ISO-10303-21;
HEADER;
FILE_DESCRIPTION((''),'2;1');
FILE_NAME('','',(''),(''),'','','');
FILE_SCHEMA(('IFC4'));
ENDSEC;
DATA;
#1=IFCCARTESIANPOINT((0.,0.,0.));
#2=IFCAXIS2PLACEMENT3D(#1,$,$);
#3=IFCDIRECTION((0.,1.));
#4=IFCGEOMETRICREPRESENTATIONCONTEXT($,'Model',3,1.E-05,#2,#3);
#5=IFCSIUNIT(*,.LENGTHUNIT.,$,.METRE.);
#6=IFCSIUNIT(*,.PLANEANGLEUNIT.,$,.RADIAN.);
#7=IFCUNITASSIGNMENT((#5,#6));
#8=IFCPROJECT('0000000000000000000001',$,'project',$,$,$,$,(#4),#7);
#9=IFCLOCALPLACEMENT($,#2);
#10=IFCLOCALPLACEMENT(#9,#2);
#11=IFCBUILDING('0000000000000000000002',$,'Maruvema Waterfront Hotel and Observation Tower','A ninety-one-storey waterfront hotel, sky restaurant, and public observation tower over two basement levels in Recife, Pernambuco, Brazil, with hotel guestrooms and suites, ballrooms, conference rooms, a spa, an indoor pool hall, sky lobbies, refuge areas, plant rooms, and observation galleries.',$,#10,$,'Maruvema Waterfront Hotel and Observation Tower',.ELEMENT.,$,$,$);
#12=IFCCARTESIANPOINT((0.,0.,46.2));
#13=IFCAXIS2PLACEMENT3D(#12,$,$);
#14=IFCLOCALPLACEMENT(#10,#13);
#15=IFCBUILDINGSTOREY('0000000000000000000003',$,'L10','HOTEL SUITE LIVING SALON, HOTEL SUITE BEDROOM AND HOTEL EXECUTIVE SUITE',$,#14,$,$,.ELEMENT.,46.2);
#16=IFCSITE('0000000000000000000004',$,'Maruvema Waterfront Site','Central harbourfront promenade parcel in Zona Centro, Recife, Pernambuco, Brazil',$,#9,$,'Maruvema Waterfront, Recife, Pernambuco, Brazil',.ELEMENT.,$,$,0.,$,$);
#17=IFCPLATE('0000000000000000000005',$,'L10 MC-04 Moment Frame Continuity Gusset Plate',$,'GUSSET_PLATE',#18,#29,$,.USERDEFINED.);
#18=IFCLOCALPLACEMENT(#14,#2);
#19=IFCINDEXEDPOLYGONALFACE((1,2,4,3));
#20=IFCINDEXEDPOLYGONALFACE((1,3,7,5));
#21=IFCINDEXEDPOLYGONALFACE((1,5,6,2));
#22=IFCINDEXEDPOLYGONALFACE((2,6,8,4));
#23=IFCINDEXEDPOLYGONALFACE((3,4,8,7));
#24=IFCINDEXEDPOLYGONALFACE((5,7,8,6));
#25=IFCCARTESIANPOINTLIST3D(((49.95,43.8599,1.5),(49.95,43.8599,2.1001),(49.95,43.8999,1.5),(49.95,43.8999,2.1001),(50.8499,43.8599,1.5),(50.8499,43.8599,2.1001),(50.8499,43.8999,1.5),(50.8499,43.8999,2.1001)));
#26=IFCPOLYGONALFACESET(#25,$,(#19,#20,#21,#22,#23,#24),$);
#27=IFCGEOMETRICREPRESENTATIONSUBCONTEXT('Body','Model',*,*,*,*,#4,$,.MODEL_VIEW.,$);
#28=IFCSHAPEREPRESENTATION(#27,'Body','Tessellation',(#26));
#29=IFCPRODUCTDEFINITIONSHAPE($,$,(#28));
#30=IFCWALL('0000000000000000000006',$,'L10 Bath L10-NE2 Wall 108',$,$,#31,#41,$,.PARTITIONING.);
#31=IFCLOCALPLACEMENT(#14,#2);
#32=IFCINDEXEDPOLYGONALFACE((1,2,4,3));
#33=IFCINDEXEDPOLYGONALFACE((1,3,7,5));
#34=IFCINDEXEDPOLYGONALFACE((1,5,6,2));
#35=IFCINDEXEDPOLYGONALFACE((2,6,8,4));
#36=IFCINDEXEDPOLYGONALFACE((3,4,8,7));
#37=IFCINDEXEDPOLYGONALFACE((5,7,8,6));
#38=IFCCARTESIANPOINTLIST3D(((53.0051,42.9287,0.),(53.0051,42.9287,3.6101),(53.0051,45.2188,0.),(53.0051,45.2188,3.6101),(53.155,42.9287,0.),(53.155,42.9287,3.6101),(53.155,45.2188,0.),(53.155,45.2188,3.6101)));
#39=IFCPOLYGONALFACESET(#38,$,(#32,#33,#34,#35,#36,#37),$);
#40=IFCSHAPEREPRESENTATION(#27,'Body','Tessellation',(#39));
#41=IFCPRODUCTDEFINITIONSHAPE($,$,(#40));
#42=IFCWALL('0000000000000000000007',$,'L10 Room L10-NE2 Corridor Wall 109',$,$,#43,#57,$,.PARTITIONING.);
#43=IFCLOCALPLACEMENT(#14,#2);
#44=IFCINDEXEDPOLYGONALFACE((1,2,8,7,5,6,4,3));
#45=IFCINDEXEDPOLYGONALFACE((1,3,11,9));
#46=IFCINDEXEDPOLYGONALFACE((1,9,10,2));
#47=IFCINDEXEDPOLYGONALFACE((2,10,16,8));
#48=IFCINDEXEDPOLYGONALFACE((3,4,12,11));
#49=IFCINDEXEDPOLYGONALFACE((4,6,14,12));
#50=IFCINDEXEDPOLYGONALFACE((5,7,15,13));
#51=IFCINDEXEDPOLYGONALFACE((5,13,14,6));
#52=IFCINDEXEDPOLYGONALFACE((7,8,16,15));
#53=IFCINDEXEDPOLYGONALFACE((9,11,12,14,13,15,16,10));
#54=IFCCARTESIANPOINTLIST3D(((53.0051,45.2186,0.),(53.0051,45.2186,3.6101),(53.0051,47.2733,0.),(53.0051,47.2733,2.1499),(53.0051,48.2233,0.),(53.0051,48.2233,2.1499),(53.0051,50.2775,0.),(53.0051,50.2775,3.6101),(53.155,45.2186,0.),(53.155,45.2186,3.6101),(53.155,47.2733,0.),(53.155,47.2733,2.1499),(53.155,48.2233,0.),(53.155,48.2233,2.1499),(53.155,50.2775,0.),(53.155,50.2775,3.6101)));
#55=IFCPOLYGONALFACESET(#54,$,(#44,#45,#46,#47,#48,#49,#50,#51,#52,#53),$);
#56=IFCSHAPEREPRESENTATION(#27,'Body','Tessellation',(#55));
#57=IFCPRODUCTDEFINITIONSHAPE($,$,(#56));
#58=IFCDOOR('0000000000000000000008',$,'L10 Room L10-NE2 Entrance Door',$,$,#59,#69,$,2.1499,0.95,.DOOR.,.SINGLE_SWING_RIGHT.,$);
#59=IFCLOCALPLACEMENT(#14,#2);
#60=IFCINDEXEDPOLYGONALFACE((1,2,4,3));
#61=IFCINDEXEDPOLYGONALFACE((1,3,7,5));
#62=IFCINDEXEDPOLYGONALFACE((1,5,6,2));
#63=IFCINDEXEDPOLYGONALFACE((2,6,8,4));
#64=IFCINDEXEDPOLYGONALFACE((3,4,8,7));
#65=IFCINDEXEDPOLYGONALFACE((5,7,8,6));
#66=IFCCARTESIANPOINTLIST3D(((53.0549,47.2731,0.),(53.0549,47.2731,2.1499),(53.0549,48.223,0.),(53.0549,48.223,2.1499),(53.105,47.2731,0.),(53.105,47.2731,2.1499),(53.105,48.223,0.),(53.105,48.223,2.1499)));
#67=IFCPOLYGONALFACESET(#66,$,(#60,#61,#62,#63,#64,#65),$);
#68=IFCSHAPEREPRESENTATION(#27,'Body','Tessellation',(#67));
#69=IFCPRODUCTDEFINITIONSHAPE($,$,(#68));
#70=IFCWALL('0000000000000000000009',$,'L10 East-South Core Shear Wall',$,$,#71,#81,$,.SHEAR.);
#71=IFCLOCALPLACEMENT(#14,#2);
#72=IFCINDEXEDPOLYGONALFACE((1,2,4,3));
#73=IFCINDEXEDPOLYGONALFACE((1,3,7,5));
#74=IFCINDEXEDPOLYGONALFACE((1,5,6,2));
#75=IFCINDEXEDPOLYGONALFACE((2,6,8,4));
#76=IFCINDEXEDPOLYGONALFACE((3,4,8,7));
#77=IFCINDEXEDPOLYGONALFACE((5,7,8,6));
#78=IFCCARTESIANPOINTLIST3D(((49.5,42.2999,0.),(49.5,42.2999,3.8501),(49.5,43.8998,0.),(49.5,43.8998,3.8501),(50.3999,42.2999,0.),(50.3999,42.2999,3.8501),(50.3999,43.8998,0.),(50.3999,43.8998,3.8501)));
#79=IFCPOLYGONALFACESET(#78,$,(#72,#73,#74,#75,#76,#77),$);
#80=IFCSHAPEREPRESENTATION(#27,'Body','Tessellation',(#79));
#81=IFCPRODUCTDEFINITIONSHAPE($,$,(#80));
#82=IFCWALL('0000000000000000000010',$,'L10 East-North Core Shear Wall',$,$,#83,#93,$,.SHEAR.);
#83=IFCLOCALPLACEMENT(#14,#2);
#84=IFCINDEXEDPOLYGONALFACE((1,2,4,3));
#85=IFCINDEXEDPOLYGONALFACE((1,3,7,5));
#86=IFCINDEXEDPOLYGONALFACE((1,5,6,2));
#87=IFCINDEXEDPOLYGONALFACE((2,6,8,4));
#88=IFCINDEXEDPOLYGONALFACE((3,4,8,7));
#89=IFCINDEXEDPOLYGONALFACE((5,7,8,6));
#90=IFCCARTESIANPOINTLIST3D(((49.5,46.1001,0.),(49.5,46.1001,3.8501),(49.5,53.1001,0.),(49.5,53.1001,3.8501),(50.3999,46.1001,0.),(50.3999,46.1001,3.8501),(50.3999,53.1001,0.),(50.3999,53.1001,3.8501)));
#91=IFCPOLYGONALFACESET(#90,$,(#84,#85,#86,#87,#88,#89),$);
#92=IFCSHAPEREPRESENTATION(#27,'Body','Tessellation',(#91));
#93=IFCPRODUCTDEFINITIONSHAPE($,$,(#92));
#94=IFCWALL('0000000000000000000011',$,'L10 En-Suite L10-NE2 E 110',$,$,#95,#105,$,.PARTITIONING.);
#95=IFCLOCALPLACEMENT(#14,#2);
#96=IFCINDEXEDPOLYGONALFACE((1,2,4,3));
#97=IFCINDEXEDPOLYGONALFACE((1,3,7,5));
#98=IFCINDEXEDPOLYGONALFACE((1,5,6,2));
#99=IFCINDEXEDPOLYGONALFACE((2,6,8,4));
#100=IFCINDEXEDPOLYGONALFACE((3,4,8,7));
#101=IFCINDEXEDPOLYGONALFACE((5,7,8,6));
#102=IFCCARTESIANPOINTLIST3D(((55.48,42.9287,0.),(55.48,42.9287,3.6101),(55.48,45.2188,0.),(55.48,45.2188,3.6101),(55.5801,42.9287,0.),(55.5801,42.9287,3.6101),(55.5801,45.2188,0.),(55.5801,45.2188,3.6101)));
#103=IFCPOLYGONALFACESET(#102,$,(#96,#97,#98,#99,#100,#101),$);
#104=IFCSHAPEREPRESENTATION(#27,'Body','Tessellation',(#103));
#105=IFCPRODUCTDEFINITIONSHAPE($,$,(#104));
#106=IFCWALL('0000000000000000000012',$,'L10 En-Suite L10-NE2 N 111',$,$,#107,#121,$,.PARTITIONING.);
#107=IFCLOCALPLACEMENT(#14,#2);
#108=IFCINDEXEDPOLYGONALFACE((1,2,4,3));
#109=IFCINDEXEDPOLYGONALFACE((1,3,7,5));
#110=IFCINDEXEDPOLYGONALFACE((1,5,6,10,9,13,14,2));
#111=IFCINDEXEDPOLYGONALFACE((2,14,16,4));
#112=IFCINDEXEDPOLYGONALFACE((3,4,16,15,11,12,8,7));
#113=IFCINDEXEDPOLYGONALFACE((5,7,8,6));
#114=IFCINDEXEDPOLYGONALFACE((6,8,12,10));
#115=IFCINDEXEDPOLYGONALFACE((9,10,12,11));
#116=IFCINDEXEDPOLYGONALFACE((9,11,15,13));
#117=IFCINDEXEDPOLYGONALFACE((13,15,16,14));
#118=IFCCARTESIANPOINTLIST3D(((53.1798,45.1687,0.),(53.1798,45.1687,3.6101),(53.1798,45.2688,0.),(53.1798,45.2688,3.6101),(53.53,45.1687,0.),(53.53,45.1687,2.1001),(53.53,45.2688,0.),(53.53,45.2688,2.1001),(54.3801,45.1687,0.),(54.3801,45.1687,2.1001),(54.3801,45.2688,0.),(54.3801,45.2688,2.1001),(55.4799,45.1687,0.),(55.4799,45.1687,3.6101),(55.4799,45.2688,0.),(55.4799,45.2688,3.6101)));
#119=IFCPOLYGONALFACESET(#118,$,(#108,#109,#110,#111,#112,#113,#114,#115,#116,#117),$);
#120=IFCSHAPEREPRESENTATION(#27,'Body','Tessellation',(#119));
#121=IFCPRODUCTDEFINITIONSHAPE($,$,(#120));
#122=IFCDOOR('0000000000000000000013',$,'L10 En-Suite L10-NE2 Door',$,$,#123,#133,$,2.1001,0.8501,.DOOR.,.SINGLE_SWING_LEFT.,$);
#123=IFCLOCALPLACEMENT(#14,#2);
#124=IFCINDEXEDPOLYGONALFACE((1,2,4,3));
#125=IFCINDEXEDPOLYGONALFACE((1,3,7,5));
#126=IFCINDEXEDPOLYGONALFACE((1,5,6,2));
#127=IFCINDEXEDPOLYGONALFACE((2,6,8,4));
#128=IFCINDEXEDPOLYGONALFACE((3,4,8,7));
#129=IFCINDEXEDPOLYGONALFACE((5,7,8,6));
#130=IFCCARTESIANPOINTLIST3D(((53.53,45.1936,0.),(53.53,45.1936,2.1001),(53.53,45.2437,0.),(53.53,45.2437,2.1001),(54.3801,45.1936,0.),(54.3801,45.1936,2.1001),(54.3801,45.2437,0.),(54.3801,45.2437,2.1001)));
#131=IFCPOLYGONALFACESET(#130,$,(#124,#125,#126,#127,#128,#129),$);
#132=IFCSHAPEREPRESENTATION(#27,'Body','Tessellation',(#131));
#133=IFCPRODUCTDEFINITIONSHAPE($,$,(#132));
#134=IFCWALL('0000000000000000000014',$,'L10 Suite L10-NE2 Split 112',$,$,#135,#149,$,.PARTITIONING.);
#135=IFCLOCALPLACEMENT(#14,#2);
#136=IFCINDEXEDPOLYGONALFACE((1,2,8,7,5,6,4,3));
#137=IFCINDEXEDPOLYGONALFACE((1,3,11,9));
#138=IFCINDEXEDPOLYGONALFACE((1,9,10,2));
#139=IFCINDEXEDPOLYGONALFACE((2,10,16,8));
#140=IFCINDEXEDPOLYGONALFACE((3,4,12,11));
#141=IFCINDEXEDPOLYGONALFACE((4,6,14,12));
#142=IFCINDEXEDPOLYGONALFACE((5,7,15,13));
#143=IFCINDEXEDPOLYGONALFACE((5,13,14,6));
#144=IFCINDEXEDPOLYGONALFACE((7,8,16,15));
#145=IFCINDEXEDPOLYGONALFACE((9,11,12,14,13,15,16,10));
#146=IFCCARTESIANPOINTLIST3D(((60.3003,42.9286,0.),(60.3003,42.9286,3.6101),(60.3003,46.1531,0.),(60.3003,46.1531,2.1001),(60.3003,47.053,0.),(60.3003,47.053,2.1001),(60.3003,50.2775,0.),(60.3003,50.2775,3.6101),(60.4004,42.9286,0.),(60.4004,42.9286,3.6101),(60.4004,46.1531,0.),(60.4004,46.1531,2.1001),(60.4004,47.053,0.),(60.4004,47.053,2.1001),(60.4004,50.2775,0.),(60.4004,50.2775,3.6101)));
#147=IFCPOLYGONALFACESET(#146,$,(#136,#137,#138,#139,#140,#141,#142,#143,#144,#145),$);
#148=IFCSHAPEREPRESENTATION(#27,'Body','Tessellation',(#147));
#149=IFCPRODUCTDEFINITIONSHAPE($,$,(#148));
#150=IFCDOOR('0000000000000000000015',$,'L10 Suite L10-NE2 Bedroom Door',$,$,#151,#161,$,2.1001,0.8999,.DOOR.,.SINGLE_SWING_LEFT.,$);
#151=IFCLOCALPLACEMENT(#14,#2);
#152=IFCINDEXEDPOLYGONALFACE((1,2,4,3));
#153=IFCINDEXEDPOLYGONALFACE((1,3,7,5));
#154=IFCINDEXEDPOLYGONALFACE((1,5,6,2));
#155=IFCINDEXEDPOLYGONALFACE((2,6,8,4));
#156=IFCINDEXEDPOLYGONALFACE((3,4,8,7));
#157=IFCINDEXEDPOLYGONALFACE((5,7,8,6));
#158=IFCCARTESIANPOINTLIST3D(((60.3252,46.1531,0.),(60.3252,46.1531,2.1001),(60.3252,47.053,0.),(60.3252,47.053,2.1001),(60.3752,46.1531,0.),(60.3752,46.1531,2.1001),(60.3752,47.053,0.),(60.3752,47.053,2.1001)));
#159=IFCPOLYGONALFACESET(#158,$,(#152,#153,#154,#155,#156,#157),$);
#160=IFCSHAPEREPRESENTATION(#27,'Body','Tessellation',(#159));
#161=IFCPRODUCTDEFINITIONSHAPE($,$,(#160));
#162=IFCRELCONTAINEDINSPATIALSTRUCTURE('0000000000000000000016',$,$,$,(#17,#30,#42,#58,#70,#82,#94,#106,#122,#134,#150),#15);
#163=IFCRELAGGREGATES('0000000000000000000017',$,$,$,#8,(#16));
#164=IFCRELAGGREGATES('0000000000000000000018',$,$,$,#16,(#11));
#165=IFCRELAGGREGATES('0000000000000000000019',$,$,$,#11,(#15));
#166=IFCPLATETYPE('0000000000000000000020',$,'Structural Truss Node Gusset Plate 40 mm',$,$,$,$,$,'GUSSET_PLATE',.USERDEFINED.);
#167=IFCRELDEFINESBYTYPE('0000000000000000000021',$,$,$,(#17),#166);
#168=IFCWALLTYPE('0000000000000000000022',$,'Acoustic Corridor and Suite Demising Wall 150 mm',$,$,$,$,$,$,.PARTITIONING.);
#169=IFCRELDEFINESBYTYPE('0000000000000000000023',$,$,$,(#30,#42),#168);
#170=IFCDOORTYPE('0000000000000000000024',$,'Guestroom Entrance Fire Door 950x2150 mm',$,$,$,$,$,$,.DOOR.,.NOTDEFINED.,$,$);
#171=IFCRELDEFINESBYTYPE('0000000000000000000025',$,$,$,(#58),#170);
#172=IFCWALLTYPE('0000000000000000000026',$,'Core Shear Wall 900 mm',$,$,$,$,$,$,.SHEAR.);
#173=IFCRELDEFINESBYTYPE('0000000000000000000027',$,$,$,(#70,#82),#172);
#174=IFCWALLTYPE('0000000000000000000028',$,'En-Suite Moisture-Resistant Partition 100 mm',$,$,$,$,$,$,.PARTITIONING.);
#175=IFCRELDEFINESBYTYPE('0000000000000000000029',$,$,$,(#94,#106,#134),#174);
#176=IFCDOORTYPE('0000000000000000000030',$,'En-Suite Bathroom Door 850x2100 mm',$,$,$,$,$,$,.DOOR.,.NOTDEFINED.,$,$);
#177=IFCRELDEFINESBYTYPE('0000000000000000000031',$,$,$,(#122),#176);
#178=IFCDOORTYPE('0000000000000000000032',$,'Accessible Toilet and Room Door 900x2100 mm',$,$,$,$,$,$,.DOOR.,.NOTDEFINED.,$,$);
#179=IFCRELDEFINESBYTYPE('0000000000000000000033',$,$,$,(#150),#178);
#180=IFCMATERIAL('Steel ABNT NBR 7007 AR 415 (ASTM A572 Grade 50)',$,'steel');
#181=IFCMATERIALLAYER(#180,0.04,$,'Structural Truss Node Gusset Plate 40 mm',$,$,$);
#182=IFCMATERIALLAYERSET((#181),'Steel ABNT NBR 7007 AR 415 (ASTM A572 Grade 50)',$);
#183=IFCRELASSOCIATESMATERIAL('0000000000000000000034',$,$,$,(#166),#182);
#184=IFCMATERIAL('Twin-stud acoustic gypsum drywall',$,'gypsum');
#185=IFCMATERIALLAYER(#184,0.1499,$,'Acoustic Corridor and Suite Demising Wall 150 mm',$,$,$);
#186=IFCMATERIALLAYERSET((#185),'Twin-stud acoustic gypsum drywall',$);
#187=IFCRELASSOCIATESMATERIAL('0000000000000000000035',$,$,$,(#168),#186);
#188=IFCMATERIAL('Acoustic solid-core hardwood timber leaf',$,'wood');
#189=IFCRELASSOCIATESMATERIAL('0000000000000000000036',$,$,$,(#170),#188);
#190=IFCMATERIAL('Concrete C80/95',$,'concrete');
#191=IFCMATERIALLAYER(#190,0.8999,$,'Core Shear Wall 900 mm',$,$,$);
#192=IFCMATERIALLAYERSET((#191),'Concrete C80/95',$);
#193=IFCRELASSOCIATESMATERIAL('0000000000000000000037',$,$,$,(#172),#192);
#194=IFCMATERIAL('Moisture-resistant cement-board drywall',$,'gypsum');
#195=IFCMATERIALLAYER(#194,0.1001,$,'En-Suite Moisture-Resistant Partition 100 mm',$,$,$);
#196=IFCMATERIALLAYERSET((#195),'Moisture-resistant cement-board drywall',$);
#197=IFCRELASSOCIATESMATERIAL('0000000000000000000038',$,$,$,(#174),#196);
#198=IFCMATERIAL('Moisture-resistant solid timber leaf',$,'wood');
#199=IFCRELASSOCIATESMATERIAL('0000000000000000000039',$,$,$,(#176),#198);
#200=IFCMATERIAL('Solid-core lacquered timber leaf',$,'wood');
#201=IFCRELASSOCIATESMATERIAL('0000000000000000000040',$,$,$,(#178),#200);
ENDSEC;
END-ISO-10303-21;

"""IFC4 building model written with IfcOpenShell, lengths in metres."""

from ifc_helpers import new_model, si_unit, direction, frame, frame_2d, origin, origin_2d, place, context, subcontext, project, spatial, rectangle, extrude, material, layer, layer_set, type_object, element, fill, save


model = new_model("IFC4")

# Units and contexts
model_context = context("Model", 3, precision=1e-05, world=origin(), true_north=direction((0.0, 1.0)))
body_context = subcontext(model_context, "Body", "Model", "MODEL_VIEW")
ifc_project = project(units=[si_unit("LENGTHUNIT", "METRE"), si_unit("PLANEANGLEUNIT", "RADIAN")], contexts=[model_context])

# Site, building, storey
site_placement = place(None, origin())
site = spatial("IfcSite", under=ifc_project, at=site_placement, Name="Maruvema Waterfront Site", Description="Central harbourfront promenade parcel in Zona Centro, Recife, Pernambuco, Brazil", LongName="Maruvema Waterfront, Recife, Pernambuco, Brazil", CompositionType="ELEMENT", RefElevation=0.0)
building_placement = place(site_placement, origin())
building = spatial("IfcBuilding", under=site, at=building_placement, Name="Maruvema Waterfront Hotel and Observation Tower", Description="A ninety-one-storey waterfront hotel, sky restaurant, and public observation tower over two basement levels in Recife, Pernambuco, Brazil, with hotel guestrooms and suites, ballrooms, conference rooms, a spa, an indoor pool hall, sky lobbies, refuge areas, plant rooms, and observation galleries.", LongName="Maruvema Waterfront Hotel and Observation Tower", CompositionType="ELEMENT")
storey_placement = place(building_placement, frame((0.0, 0.0, 46.2)))
storey = spatial("IfcBuildingStorey", under=building, at=storey_placement, Name="L10", Description="HOTEL SUITE LIVING SALON, HOTEL SUITE BEDROOM AND HOTEL EXECUTIVE SUITE", CompositionType="ELEMENT", Elevation=46.2)

# Plate
ifc_material_1 = material(Name="Steel ABNT NBR 7007 AR 415 (ASTM A572 Grade 50)", Category="steel")
ifc_layer_1 = layer(ifc_material_1, 0.04, Name="Structural Truss Node Gusset Plate 40 mm")
ifc_layer_set_1 = layer_set([ifc_layer_1], Name="Steel ABNT NBR 7007 AR 415 (ASTM A572 Grade 50)")
plate_type_1 = type_object("IfcPlateType", Name="Structural Truss Node Gusset Plate 40 mm", ElementType="GUSSET_PLATE", PredefinedType="USERDEFINED", material=ifc_layer_set_1)
plate_1_placement = place(storey_placement, frame((50.3999, 43.8799, 1.5), z_axis=(0.0, 0.0, 1.0), x_axis=(1.0, 0.0, 0.0)))
element("IfcPlate", 1, at=plate_1_placement, inside=storey, type_object=plate_type_1, Name="L10 MC-04 Moment Frame Continuity Gusset Plate", ObjectType="GUSSET_PLATE", PredefinedType="USERDEFINED", context=body_context, shape_type="SweptSolid", body=[
    extrude(rectangle(XDim=0.8999, YDim=0.04, at=origin_2d()), origin(), (0.0, 0.0, 1.0), 0.6001),
])

# Wall
ifc_material_2 = material(Name="Twin-stud acoustic gypsum drywall", Category="gypsum")
ifc_layer_2 = layer(ifc_material_2, 0.1499, Name="Acoustic Corridor and Suite Demising Wall 150 mm")
ifc_layer_set_2 = layer_set([ifc_layer_2], Name="Twin-stud acoustic gypsum drywall")
wall_type_1 = type_object("IfcWallType", Name="Acoustic Corridor and Suite Demising Wall 150 mm", PredefinedType="PARTITIONING", material=ifc_layer_set_2)
wall_1_placement = place(storey_placement, frame((53.0801, 42.9287, 0.0), z_axis=(0.0, 0.0, 1.0), x_axis=(0.0, 1.0, 0.0)))
element("IfcWall", 2, at=wall_1_placement, inside=storey, type_object=wall_type_1, Name="L10 Bath L10-NE2 Wall 108", PredefinedType="PARTITIONING", context=body_context, shape_type="SweptSolid", body=[
    extrude(rectangle(XDim=2.29, YDim=0.1499, at=frame_2d((1.145, 0.0))), origin(), (0.0, 0.0, 1.0), 3.6101),
])

# Wall, opening, door
wall_2_placement = place(storey_placement, frame((53.0801, 45.2188, 0.0), z_axis=(0.0, 0.0, 1.0), x_axis=(0.0, 1.0, 0.0)))
wall_2 = element("IfcWall", 3, at=wall_2_placement, inside=storey, type_object=wall_type_1, Name="L10 Room L10-NE2 Corridor Wall 109", PredefinedType="PARTITIONING", context=body_context, shape_type="SweptSolid", body=[
    extrude(rectangle(XDim=5.0588, YDim=0.1499, at=frame_2d((2.5293, 0.0))), origin(), (0.0, 0.0, 1.0), 3.6101),
])
opening_1_placement = place(wall_2_placement, frame((2.0544, 0.0, 0.0)))
opening_1 = element("IfcOpeningElement", 4, at=opening_1_placement, cuts=wall_2, PredefinedType="OPENING", context=body_context, shape_type="SweptSolid", body=[
    extrude(rectangle(XDim=0.95, YDim=2.1499, at=frame_2d((0.4751, 1.075))), frame((0.0, 0.085, 0.0), z_axis=(0.0, -1.0, 0.0), x_axis=(1.0, 0.0, 0.0)), (0.0, 0.0, 1.0), 0.1699),
])
ifc_material_3 = material(Name="Acoustic solid-core hardwood timber leaf", Category="wood")
door_type_1 = type_object("IfcDoorType", Name="Guestroom Entrance Fire Door 950x2150 mm", OperationType="NOTDEFINED", PredefinedType="DOOR", material=ifc_material_3)
door_1_placement = place(opening_1_placement, frame((0.95, 0.0, 0.0), z_axis=(0.0, 0.0, 1.0), x_axis=(-1.0, 0.0, 0.0)))
door_1 = element("IfcDoor", 5, at=door_1_placement, inside=storey, type_object=door_type_1, Name="L10 Room L10-NE2 Entrance Door", OperationType="SINGLE_SWING_RIGHT", OverallHeight=2.1499, OverallWidth=0.95, PredefinedType="DOOR", context=body_context, shape_type="SweptSolid", body=[
    extrude(rectangle(XDim=0.95, YDim=2.1499, at=frame_2d((0.4751, 1.075))), frame((0.0, 0.0249, 0.0), z_axis=(0.0, -1.0, 0.0), x_axis=(1.0, 0.0, 0.0)), (0.0, 0.0, 1.0), 0.05),
])
fill(opening_1, door_1)

# Walls
ifc_material_4 = material(Name="Concrete C80/95", Category="concrete")
ifc_layer_3 = layer(ifc_material_4, 0.8999, Name="Core Shear Wall 900 mm")
ifc_layer_set_3 = layer_set([ifc_layer_3], Name="Concrete C80/95")
wall_type_2 = type_object("IfcWallType", Name="Core Shear Wall 900 mm", PredefinedType="SHEAR", material=ifc_layer_set_3)
wall_3_placement = place(storey_placement, frame((49.95, 42.3, 0.0), z_axis=(0.0, 0.0, 1.0), x_axis=(0.0, 1.0, 0.0)))
element("IfcWall", 6, at=wall_3_placement, inside=storey, type_object=wall_type_2, Name="L10 East-South Core Shear Wall", PredefinedType="SHEAR", context=body_context, shape_type="SweptSolid", body=[
    extrude(rectangle(XDim=1.5999, YDim=0.8999, at=frame_2d((0.7998, 0.0))), origin(), (0.0, 0.0, 1.0), 3.8501),
])
wall_4_placement = place(storey_placement, frame((49.95, 46.1001, 0.0), z_axis=(0.0, 0.0, 1.0), x_axis=(0.0, 1.0, 0.0)))
element("IfcWall", 7, at=wall_4_placement, inside=storey, type_object=wall_type_2, Name="L10 East-North Core Shear Wall", PredefinedType="SHEAR", context=body_context, shape_type="SweptSolid", body=[
    extrude(rectangle(XDim=7.0, YDim=0.8999, at=frame_2d((3.5, 0.0))), origin(), (0.0, 0.0, 1.0), 3.8501),
])
ifc_material_5 = material(Name="Moisture-resistant cement-board drywall", Category="gypsum")
ifc_layer_4 = layer(ifc_material_5, 0.1001, Name="En-Suite Moisture-Resistant Partition 100 mm")
ifc_layer_set_4 = layer_set([ifc_layer_4], Name="Moisture-resistant cement-board drywall")
wall_type_3 = type_object("IfcWallType", Name="En-Suite Moisture-Resistant Partition 100 mm", PredefinedType="PARTITIONING", material=ifc_layer_set_4)
wall_5_placement = place(storey_placement, frame((55.53, 42.9287, 0.0), z_axis=(0.0, 0.0, 1.0), x_axis=(0.0, 1.0, 0.0)))
element("IfcWall", 8, at=wall_5_placement, inside=storey, type_object=wall_type_3, Name="L10 En-Suite L10-NE2 E 110", PredefinedType="PARTITIONING", context=body_context, shape_type="SweptSolid", body=[
    extrude(rectangle(XDim=2.29, YDim=0.1001, at=frame_2d((1.145, 0.0))), origin(), (0.0, 0.0, 1.0), 3.6101),
])

# Walls, openings, doors
wall_6_placement = place(storey_placement, frame((53.1799, 45.2188, 0.0), z_axis=(0.0, 0.0, 1.0), x_axis=(1.0, 0.0, 0.0)))
wall_6 = element("IfcWall", 9, at=wall_6_placement, inside=storey, type_object=wall_type_3, Name="L10 En-Suite L10-NE2 N 111", PredefinedType="PARTITIONING", context=body_context, shape_type="SweptSolid", body=[
    extrude(rectangle(XDim=2.3, YDim=0.1001, at=frame_2d((1.1499, 0.0))), origin(), (0.0, 0.0, 1.0), 3.6101),
])
opening_2_placement = place(wall_6_placement, frame((0.3501, 0.0, 0.0)))
opening_2 = element("IfcOpeningElement", 10, at=opening_2_placement, cuts=wall_6, PredefinedType="OPENING", context=body_context, shape_type="SweptSolid", body=[
    extrude(rectangle(XDim=0.8501, YDim=2.1001, at=frame_2d((0.425, 1.05))), frame((0.0, 0.0601, 0.0), z_axis=(0.0, -1.0, 0.0), x_axis=(1.0, 0.0, 0.0)), (0.0, 0.0, 1.0), 0.1201),
])
ifc_material_6 = material(Name="Moisture-resistant solid timber leaf", Category="wood")
door_type_2 = type_object("IfcDoorType", Name="En-Suite Bathroom Door 850x2100 mm", OperationType="NOTDEFINED", PredefinedType="DOOR", material=ifc_material_6)
door_2_placement = place(opening_2_placement, origin())
door_2 = element("IfcDoor", 11, at=door_2_placement, inside=storey, type_object=door_type_2, Name="L10 En-Suite L10-NE2 Door", OperationType="SINGLE_SWING_LEFT", OverallHeight=2.1001, OverallWidth=0.8501, PredefinedType="DOOR", context=body_context, shape_type="SweptSolid", body=[
    extrude(rectangle(XDim=0.8501, YDim=2.1001, at=frame_2d((0.425, 1.05))), frame((0.0, 0.0249, 0.0), z_axis=(0.0, -1.0, 0.0), x_axis=(1.0, 0.0, 0.0)), (0.0, 0.0, 1.0), 0.05),
])
fill(opening_2, door_2)
wall_7_placement = place(storey_placement, frame((60.3503, 42.9287, 0.0), z_axis=(0.0, 0.0, 1.0), x_axis=(0.0, 1.0, 0.0)))
wall_7 = element("IfcWall", 12, at=wall_7_placement, inside=storey, type_object=wall_type_3, Name="L10 Suite L10-NE2 Split 112", PredefinedType="PARTITIONING", context=body_context, shape_type="SweptSolid", body=[
    extrude(rectangle(XDim=7.3489, YDim=0.1001, at=frame_2d((3.6743, 0.0))), origin(), (0.0, 0.0, 1.0), 3.6101),
])
opening_3_placement = place(wall_7_placement, frame((3.2244, 0.0, 0.0)))
opening_3 = element("IfcOpeningElement", 13, at=opening_3_placement, cuts=wall_7, PredefinedType="OPENING", context=body_context, shape_type="SweptSolid", body=[
    extrude(rectangle(XDim=0.8999, YDim=2.1001, at=frame_2d((0.45, 1.05))), frame((0.0, 0.0601, 0.0), z_axis=(0.0, -1.0, 0.0), x_axis=(1.0, 0.0, 0.0)), (0.0, 0.0, 1.0), 0.1201),
])
ifc_material_7 = material(Name="Solid-core lacquered timber leaf", Category="wood")
door_type_3 = type_object("IfcDoorType", Name="Accessible Toilet and Room Door 900x2100 mm", OperationType="NOTDEFINED", PredefinedType="DOOR", material=ifc_material_7)
door_3_placement = place(opening_3_placement, frame((0.8999, 0.0, 0.0), z_axis=(0.0, 0.0, 1.0), x_axis=(-1.0, 0.0, 0.0)))
door_3 = element("IfcDoor", 14, at=door_3_placement, inside=storey, type_object=door_type_3, Name="L10 Suite L10-NE2 Bedroom Door", OperationType="SINGLE_SWING_LEFT", OverallHeight=2.1001, OverallWidth=0.8999, PredefinedType="DOOR", context=body_context, shape_type="SweptSolid", body=[
    extrude(rectangle(XDim=0.8999, YDim=2.1001, at=frame_2d((0.45, 1.05))), frame((0.0, 0.0249, 0.0), z_axis=(0.0, -1.0, 0.0), x_axis=(1.0, 0.0, 0.0)), (0.0, 0.0, 1.0), 0.05),
])
fill(opening_3, door_3)

save(model, "model.ifc")
